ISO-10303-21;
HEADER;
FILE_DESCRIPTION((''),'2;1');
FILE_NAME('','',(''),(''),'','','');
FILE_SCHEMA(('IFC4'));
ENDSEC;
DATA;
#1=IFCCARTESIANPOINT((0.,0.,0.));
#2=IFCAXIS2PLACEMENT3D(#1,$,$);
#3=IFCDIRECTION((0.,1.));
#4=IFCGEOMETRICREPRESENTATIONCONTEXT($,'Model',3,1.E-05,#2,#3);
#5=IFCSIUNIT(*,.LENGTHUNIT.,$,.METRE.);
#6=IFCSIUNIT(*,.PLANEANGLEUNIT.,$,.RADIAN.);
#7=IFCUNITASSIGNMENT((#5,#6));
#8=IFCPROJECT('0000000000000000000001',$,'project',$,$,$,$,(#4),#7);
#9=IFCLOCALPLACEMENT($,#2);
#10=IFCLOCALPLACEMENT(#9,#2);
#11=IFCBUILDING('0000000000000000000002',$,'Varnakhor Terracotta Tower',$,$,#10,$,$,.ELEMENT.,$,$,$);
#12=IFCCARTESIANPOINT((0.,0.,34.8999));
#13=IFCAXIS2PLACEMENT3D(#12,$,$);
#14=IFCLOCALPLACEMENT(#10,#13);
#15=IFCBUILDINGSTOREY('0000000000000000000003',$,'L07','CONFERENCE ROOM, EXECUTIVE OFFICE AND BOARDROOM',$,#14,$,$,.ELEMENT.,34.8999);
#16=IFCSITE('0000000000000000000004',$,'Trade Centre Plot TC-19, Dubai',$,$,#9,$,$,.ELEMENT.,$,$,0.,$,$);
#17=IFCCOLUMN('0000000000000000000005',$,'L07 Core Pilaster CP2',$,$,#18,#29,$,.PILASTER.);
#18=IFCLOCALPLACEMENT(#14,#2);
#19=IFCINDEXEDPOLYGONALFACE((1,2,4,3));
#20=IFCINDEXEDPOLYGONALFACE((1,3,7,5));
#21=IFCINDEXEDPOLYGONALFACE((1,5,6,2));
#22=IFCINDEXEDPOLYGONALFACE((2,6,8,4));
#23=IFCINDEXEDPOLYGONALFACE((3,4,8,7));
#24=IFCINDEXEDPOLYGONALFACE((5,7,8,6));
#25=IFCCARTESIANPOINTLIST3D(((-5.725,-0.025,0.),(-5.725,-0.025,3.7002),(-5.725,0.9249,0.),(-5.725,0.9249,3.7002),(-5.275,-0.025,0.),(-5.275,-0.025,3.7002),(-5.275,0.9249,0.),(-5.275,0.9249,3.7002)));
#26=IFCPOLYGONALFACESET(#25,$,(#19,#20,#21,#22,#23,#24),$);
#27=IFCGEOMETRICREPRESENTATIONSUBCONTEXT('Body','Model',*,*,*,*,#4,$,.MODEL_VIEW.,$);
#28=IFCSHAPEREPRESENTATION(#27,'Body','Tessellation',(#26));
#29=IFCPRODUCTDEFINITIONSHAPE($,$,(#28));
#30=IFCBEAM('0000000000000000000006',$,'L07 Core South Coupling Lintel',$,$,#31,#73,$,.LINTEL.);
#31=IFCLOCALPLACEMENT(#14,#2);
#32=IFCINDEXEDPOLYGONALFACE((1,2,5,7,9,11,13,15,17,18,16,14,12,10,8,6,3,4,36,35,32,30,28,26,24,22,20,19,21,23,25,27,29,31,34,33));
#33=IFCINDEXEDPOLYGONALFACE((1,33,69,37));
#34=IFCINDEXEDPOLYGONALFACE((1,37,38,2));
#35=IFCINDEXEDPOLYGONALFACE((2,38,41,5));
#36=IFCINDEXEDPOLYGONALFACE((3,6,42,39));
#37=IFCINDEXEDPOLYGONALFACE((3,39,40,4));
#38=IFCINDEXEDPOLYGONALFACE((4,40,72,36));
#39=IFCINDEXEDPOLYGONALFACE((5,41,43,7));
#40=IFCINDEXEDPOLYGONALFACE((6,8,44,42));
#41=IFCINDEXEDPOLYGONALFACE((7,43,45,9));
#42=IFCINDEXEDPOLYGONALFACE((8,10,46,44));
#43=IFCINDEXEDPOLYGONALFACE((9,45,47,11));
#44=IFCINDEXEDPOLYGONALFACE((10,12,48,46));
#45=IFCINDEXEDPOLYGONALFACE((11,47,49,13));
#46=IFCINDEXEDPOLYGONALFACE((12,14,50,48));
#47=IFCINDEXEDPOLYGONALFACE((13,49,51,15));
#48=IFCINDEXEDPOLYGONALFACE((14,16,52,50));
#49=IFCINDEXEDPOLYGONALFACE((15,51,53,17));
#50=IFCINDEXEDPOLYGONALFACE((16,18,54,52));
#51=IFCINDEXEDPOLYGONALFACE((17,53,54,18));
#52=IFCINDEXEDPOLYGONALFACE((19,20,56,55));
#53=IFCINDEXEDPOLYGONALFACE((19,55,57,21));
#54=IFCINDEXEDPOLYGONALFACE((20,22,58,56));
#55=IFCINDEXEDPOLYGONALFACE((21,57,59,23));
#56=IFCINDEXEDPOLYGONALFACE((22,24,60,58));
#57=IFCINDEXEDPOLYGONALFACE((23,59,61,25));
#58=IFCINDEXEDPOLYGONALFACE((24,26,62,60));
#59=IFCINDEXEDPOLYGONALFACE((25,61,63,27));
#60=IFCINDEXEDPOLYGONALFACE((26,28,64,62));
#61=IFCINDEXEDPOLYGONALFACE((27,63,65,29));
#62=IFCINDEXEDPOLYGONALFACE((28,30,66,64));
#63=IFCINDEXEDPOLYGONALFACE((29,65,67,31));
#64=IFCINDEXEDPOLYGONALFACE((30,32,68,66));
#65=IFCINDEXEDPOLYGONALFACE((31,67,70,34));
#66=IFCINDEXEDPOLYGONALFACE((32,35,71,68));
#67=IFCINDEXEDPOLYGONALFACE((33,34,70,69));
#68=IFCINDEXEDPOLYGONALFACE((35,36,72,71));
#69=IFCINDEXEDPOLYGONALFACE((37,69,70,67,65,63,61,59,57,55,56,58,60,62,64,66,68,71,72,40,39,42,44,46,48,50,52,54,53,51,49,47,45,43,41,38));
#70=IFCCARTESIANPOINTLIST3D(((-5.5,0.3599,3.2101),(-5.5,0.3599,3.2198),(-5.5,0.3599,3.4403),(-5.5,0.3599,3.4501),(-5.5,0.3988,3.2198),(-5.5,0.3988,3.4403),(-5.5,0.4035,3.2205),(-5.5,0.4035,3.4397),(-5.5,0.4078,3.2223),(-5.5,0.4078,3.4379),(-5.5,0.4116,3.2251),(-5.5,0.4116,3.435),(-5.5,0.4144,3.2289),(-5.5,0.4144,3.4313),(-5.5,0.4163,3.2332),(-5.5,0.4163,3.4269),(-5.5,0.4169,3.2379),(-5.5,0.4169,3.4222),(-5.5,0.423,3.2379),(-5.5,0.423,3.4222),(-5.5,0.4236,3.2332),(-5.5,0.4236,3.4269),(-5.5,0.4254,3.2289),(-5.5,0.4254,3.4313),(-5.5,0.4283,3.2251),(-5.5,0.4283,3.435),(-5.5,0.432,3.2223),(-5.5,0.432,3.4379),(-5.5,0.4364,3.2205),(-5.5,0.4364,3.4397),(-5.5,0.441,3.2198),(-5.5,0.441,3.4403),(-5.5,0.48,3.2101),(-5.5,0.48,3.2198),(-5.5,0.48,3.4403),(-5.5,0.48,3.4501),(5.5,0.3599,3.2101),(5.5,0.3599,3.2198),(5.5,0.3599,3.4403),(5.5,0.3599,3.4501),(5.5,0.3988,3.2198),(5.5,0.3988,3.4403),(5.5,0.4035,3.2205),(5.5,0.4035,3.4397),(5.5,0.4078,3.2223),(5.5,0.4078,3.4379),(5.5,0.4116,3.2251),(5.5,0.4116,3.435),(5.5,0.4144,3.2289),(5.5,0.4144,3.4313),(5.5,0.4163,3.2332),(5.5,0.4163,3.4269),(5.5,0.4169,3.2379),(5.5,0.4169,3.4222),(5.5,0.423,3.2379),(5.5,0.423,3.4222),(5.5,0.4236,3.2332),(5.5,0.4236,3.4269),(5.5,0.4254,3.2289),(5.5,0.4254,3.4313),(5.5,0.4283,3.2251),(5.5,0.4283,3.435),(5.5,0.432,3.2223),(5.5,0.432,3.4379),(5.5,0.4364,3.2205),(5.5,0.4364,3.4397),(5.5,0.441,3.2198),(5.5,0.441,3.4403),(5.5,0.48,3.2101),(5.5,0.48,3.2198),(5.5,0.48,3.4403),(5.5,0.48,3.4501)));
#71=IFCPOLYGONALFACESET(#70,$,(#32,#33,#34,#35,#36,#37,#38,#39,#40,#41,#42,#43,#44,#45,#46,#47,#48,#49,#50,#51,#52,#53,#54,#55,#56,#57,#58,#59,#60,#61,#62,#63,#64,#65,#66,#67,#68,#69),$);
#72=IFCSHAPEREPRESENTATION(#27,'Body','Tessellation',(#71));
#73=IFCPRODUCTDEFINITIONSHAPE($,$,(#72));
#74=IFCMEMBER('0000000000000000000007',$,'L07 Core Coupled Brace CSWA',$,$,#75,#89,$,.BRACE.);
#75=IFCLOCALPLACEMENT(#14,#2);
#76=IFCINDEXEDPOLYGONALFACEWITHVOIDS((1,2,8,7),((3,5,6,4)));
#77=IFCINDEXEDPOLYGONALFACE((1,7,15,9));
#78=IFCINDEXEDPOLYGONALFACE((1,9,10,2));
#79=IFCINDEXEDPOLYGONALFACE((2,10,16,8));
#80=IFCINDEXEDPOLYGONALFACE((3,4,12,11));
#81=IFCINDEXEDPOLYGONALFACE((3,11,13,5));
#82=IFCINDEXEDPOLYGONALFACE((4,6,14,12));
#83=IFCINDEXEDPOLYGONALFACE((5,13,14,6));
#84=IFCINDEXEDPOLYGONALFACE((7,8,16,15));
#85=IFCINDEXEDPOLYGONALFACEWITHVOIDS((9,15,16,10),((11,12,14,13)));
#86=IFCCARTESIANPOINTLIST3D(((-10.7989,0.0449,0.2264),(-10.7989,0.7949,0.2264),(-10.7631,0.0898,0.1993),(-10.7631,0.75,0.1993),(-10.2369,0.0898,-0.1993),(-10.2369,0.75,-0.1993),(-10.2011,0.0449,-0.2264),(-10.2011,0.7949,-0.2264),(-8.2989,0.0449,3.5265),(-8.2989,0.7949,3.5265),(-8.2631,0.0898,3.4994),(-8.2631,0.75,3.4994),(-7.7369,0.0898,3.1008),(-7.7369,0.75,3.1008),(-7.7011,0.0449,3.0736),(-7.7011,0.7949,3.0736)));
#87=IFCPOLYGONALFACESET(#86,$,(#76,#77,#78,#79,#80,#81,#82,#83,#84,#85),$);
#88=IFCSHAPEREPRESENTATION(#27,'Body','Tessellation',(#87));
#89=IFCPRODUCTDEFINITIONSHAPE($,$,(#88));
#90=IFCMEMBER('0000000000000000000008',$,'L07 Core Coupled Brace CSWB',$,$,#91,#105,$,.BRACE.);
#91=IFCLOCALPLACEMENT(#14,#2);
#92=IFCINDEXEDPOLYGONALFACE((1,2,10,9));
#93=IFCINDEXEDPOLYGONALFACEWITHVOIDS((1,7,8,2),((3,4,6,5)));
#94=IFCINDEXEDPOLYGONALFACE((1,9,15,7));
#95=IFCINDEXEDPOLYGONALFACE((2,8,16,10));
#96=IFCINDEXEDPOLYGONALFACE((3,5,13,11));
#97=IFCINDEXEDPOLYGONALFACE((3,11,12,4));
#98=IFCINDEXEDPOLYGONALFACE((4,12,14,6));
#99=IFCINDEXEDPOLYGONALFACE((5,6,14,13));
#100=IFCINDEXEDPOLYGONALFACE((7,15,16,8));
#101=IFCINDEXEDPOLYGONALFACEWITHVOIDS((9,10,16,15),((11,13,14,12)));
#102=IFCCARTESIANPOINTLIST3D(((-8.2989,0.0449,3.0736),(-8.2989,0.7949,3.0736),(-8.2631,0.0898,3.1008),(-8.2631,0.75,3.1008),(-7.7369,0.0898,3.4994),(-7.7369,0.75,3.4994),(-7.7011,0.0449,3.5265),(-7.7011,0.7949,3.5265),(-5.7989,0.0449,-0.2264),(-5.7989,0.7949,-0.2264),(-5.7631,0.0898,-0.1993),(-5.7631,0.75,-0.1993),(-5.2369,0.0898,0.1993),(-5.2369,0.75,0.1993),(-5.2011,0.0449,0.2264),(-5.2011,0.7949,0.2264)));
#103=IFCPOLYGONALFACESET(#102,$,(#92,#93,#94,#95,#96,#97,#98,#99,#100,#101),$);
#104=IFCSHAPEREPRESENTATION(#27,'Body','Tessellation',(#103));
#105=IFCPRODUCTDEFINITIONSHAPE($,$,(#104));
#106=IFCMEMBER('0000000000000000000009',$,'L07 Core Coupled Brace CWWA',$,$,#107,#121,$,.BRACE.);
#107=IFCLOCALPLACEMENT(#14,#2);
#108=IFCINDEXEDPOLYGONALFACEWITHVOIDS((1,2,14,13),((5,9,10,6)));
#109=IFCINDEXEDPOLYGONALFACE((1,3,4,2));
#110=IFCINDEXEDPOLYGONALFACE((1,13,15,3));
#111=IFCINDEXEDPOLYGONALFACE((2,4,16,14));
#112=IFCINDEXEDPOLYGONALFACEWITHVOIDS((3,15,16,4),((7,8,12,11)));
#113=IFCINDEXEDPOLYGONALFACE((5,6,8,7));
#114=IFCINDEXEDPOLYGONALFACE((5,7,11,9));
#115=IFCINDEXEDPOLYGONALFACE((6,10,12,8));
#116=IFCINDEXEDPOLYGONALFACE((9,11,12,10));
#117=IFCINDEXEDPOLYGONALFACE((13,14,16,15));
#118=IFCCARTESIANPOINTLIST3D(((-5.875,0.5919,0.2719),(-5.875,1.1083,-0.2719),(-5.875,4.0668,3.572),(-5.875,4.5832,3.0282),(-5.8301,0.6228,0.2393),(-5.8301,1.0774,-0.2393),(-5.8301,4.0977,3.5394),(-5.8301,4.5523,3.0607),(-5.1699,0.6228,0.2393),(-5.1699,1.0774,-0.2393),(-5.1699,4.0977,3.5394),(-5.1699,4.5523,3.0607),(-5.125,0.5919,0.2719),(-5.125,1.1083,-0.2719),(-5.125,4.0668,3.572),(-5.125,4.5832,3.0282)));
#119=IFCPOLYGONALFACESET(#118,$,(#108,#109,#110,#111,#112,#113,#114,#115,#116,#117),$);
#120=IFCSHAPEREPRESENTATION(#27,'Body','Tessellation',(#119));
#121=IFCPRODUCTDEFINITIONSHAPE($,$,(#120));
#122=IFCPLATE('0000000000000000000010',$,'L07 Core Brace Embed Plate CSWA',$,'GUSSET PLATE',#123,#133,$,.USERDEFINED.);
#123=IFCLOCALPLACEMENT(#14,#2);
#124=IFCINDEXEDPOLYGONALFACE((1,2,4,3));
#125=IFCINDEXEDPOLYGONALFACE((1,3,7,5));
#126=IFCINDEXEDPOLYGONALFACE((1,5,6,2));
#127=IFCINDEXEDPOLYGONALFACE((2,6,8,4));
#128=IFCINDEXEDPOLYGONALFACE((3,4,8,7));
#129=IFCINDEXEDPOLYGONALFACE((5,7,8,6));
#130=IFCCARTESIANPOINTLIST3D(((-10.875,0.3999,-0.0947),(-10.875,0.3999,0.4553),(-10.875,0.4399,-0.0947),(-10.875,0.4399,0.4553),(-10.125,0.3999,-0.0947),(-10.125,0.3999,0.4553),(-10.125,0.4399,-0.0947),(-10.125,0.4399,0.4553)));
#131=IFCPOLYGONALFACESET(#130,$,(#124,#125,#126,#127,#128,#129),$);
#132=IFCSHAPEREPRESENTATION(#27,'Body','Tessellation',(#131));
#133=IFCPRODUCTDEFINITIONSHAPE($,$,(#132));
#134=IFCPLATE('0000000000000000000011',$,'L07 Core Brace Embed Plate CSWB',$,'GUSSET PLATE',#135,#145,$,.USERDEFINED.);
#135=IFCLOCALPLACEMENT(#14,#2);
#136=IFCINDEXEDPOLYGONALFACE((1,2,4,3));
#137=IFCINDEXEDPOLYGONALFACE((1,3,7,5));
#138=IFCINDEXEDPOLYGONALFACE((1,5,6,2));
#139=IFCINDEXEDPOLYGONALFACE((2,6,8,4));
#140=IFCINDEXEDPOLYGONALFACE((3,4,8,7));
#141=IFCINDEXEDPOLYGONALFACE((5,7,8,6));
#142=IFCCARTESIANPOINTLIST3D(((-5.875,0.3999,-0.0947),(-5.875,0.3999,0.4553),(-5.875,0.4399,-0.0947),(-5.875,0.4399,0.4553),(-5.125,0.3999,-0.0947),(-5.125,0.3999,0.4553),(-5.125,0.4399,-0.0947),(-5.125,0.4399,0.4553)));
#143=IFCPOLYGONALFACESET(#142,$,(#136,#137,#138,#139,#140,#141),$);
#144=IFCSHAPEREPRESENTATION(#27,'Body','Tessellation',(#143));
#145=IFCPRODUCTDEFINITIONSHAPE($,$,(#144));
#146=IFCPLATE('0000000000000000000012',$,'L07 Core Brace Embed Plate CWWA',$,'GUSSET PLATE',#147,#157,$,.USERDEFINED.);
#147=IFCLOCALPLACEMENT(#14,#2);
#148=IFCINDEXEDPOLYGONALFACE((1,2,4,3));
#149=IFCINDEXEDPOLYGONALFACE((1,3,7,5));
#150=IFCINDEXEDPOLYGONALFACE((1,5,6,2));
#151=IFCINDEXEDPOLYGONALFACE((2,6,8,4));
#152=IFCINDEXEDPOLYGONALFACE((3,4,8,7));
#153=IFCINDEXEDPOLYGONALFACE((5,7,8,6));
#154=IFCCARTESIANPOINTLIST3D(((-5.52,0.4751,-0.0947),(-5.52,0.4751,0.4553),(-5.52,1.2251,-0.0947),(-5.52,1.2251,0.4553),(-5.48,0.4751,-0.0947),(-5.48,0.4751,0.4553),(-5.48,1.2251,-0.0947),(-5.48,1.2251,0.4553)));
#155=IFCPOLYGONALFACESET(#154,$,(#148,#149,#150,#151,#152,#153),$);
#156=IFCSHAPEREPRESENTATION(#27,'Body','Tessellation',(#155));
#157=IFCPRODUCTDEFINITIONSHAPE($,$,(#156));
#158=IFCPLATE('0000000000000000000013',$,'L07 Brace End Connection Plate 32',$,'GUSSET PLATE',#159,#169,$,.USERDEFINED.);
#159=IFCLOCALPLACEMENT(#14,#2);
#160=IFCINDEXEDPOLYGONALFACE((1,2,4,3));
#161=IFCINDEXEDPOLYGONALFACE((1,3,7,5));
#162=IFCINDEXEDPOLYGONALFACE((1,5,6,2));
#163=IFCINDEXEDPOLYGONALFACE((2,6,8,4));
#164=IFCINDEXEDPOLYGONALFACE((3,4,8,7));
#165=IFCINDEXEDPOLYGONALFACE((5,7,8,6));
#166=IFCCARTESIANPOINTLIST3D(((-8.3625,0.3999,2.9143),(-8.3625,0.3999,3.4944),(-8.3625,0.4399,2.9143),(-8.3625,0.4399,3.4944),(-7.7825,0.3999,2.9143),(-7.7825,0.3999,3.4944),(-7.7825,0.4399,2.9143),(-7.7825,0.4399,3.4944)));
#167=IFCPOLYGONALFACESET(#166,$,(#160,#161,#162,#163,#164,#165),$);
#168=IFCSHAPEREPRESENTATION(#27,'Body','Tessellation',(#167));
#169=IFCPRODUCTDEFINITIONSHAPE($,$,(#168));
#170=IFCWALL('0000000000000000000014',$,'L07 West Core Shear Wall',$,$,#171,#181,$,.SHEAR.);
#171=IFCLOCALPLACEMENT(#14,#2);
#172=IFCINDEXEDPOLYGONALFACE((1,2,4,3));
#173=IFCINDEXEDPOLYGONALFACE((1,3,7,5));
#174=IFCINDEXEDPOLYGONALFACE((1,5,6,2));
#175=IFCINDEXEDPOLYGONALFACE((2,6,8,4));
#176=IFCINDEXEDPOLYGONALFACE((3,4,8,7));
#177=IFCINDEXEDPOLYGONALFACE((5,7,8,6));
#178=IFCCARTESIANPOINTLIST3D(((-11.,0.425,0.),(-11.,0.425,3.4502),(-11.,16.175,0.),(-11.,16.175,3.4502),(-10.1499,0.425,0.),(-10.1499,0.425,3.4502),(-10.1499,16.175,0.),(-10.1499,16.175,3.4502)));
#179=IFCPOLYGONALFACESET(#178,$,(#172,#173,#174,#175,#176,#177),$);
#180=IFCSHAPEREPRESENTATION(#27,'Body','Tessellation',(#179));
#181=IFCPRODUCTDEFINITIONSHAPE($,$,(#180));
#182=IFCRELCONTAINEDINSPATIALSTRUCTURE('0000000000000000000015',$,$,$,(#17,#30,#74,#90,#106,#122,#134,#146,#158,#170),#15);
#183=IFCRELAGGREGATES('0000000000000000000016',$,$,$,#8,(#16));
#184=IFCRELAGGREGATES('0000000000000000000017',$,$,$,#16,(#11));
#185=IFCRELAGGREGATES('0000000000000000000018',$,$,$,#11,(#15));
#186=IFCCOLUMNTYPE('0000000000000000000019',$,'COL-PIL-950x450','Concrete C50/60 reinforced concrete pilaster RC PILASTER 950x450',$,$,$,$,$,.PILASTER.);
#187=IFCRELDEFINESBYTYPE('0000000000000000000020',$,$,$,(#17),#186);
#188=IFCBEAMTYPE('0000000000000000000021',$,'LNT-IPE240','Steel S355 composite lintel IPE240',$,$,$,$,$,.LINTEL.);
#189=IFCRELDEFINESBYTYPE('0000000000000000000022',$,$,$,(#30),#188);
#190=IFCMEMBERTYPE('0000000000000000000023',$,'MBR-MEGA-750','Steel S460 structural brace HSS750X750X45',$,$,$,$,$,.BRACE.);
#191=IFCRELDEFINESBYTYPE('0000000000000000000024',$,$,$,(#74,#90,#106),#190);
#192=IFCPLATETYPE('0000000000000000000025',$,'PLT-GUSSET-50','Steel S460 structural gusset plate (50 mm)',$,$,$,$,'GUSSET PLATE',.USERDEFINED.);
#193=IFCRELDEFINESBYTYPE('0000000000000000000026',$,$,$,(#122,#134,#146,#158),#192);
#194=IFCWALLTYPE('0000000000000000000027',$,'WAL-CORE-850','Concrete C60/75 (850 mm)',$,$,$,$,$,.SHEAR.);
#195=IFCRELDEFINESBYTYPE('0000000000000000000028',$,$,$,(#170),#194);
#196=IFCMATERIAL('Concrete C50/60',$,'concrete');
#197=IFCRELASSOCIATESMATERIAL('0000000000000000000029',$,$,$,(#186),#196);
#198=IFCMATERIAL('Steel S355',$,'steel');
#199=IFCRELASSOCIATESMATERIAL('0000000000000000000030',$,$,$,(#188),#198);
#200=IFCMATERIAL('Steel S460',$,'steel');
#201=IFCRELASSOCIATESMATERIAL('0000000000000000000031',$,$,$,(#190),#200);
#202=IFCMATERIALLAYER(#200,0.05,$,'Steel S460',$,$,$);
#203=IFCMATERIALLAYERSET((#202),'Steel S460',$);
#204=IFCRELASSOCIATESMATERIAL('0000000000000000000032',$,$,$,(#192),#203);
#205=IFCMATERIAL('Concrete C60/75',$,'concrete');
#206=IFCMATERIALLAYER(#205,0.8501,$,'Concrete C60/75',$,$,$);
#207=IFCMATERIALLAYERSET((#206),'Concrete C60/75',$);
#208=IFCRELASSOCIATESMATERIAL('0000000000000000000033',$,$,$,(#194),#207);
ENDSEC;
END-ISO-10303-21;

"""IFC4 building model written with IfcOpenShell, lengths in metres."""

from ifc_helpers import new_model, si_unit, direction, frame, frame_2d, origin, origin_2d, place, context, subcontext, project, spatial, rectangle, hollow_rectangle, i_section, extrude, source, transform, mapped, material, layer, layer_set, material_profile, profile_set, type_object, type_shapes, element, save


model = new_model("IFC4")

# Units and contexts
model_context = context("Model", 3, precision=1e-05, world=origin(), true_north=direction((0.0, 1.0)))
body_context = subcontext(model_context, "Body", "Model", "MODEL_VIEW")
ifc_project = project(units=[si_unit("LENGTHUNIT", "METRE"), si_unit("PLANEANGLEUNIT", "RADIAN")], contexts=[model_context])

# Site, building, storey
site_placement = place(None, origin())
site = spatial("IfcSite", under=ifc_project, at=site_placement, Name="Trade Centre Plot TC-19, Dubai", CompositionType="ELEMENT", RefElevation=0.0)
building_placement = place(site_placement, origin())
building = spatial("IfcBuilding", under=site, at=building_placement, Name="Varnakhor Terracotta Tower", CompositionType="ELEMENT")
storey_placement = place(building_placement, frame((0.0, 0.0, 34.8999)))
storey = spatial("IfcBuildingStorey", under=building, at=storey_placement, Name="L07", Description="CONFERENCE ROOM, EXECUTIVE OFFICE AND BOARDROOM", CompositionType="ELEMENT", Elevation=34.8999)

# Column
ifc_material_1 = material(Name="Concrete C50/60", Category="concrete")
ifc_material_profile_1 = material_profile(ifc_material_1, rectangle(XDim=0.45, YDim=0.95, at=origin_2d()), Name="RC PILASTER 950x450")
ifc_profile_set_1 = profile_set([ifc_material_profile_1], Name="Concrete C50/60")
column_type = type_object("IfcColumnType", Name="COL-PIL-950x450", Description="Concrete C50/60 reinforced concrete pilaster RC PILASTER 950x450", PredefinedType="PILASTER", material=ifc_profile_set_1)
shared_shape_1 = source(origin(), body_context, "Body", "SweptSolid", [
    extrude(rectangle(XDim=0.45, YDim=0.95, at=origin_2d()), origin(), (0.0, 0.0, 1.0), 3.7002),
])
column_placement = place(storey_placement, frame((-5.5, 0.45, 0.0), z_axis=(0.0, 0.0, 1.0), x_axis=(1.0, 0.0, 0.0)))
element("IfcColumn", 1, at=column_placement, inside=storey, type_object=column_type, Name="L07 Core Pilaster CP2", PredefinedType="PILASTER", context=body_context, shape_type="MappedRepresentation", body=[
    mapped(shared_shape_1, transform((0.0, 0.0, 0.0), scale=1.0)),
])

# Beam
ifc_material_2 = material(Name="Steel S355", Category="steel")
ifc_material_profile_2 = material_profile(ifc_material_2, i_section(OverallWidth=0.1201, OverallDepth=0.24, WebThickness=0.0061, FlangeThickness=0.0098, FilletRadius=0.0181, at=origin_2d()), Name="IPE240")
ifc_profile_set_2 = profile_set([ifc_material_profile_2], Name="Steel S355")
beam_type = type_object("IfcBeamType", Name="LNT-IPE240", Description="Steel S355 composite lintel IPE240", PredefinedType="LINTEL", material=ifc_profile_set_2)
shared_shape_2 = source(origin(), body_context, "Body", "SweptSolid", [
    extrude(i_section(OverallWidth=0.1201, OverallDepth=0.24, WebThickness=0.0061, FlangeThickness=0.0098, FilletRadius=0.0181, at=origin_2d()), origin(), (0.0, 0.0, 1.0), 11.0),
])
type_shapes(beam_type, [shared_shape_2])
beam_placement = place(storey_placement, frame((-5.5, 0.4199, 3.3301), z_axis=(1.0, 0.0, 0.0), x_axis=(0.0, 1.0, 0.0)))
element("IfcBeam", 2, at=beam_placement, inside=storey, type_object=beam_type, Name="L07 Core South Coupling Lintel", PredefinedType="LINTEL", context=body_context, shape_type="MappedRepresentation", body=[
    mapped(shared_shape_2, transform((0.0, 0.0, 0.0), scale=1.0)),
])

# Members
ifc_material_3 = material(Name="Steel S460", Category="steel")
ifc_material_profile_3 = material_profile(ifc_material_3, hollow_rectangle(XDim=0.75, YDim=0.75, WallThickness=0.0449, at=origin_2d()), Name="HSS750X750X45")
ifc_profile_set_3 = profile_set([ifc_material_profile_3], Name="Steel S460")
member_type = type_object("IfcMemberType", Name="MBR-MEGA-750", Description="Steel S460 structural brace HSS750X750X45", PredefinedType="BRACE", material=ifc_profile_set_3)
shared_shape_3 = source(origin(), body_context, "Body", "SweptSolid", [
    extrude(hollow_rectangle(XDim=0.75, YDim=0.75, WallThickness=0.0449, at=origin_2d()), origin(), (0.0, 0.0, 1.0), 4.1401),
])
type_shapes(member_type, [shared_shape_3])
for number, where, z_axis, x_axis, name in (
    (3, (-10.5, 0.4199, 0.0), (0.603852, 0.0, 0.797096), (0.0, 1.0, 0.0), "L07 Core Coupled Brace CSWA"),
    (4, (-5.5, 0.4199, 0.0), (-0.603852, 0.0, 0.797096), (0.0, -1.0, 0.0), "L07 Core Coupled Brace CSWB"),
):
    element("IfcMember", number, at=place(storey_placement, frame(where, z_axis=z_axis, x_axis=x_axis)), inside=storey, type_object=member_type, Name=name, PredefinedType="BRACE", context=body_context, shape_type="MappedRepresentation", body=[
        mapped(shared_shape_3, transform((0.0, 0.0, 0.0), scale=1.0)),
    ])
shared_shape_4 = source(origin(), body_context, "Body", "SweptSolid", [
    extrude(hollow_rectangle(XDim=0.75, YDim=0.75, WallThickness=0.0449, at=origin_2d()), origin(), (0.0, 0.0, 1.0), 4.7922),
])
member_placement = place(storey_placement, frame((-5.5, 0.8501, 0.0), z_axis=(0.0, 0.72511, 0.688633), x_axis=(-1.0, 0.0, 0.0)))
element("IfcMember", 5, at=member_placement, inside=storey, type_object=member_type, Name="L07 Core Coupled Brace CWWA", PredefinedType="BRACE", context=body_context, shape_type="MappedRepresentation", body=[
    mapped(shared_shape_4, transform((0.0, 0.0, 0.0), scale=1.0)),
])

# Plates
ifc_layer_1 = layer(ifc_material_3, 0.05, Name="Steel S460")
ifc_layer_set_1 = layer_set([ifc_layer_1], Name="Steel S460")
plate_type = type_object("IfcPlateType", Name="PLT-GUSSET-50", Description="Steel S460 structural gusset plate (50 mm)", ElementType="GUSSET PLATE", PredefinedType="USERDEFINED", material=ifc_layer_set_1)
shared_shape_5 = source(origin(), body_context, "Body", "SweptSolid", [
    extrude(rectangle(XDim=0.75, YDim=0.04, at=origin_2d()), origin(), (0.0, 0.0, 1.0), 0.55),
])
type_shapes(plate_type, [shared_shape_5])
for number, where, z_axis, x_axis, name in (
    (6, (-10.5, 0.4199, -0.0947), (0.0, 0.0, 1.0), (1.0, 0.0, 0.0), "L07 Core Brace Embed Plate CSWA"),
    (7, (-5.5, 0.4199, -0.0947), (0.0, 0.0, 1.0), (1.0, 0.0, 0.0), "L07 Core Brace Embed Plate CSWB"),
    (8, (-5.5, 0.8501, -0.0947), (0.0, 0.0, 1.0), (0.0, 1.0, 0.0), "L07 Core Brace Embed Plate CWWA"),
):
    element("IfcPlate", number, at=place(storey_placement, frame(where, z_axis=z_axis, x_axis=x_axis)), inside=storey, type_object=plate_type, Name=name, ObjectType="GUSSET PLATE", PredefinedType="USERDEFINED", context=body_context, shape_type="MappedRepresentation", body=[
        mapped(shared_shape_5, transform((0.0, 0.0, 0.0), scale=1.0)),
    ])
shared_shape_6 = source(origin(), body_context, "Body", "SweptSolid", [
    extrude(rectangle(XDim=0.5801, YDim=0.04, at=origin_2d()), origin(), (0.0, 0.0, 1.0), 0.5801),
])
plate_placement = place(storey_placement, frame((-8.0725, 0.4199, 2.9143), z_axis=(0.0, 0.0, 1.0), x_axis=(1.0, 0.0, 0.0)))
element("IfcPlate", 9, at=plate_placement, inside=storey, type_object=plate_type, Name="L07 Brace End Connection Plate 32", ObjectType="GUSSET PLATE", PredefinedType="USERDEFINED", context=body_context, shape_type="MappedRepresentation", body=[
    mapped(shared_shape_6, transform((0.0, 0.0, 0.0), scale=1.0)),
])

# Wall
ifc_material_4 = material(Name="Concrete C60/75", Category="concrete")
ifc_layer_2 = layer(ifc_material_4, 0.8501, Name="Concrete C60/75")
ifc_layer_set_2 = layer_set([ifc_layer_2], Name="Concrete C60/75")
wall_type_1 = type_object("IfcWallType", Name="WAL-CORE-850", Description="Concrete C60/75 (850 mm)", PredefinedType="SHEAR", material=ifc_layer_set_2)
wall_1_placement = place(storey_placement, frame((-10.575, 0.425, 0.0), z_axis=(0.0, 0.0, 1.0), x_axis=(0.0, 1.0, 0.0)))
element("IfcWall", 10, at=wall_1_placement, inside=storey, type_object=wall_type_1, Name="L07 West Core Shear Wall", PredefinedType="SHEAR", context=body_context, shape_type="SweptSolid", body=[
    extrude(rectangle(XDim=15.75, YDim=0.8501, at=frame_2d((7.875, 0.0))), origin(), (0.0, 0.0, 1.0), 3.4502),
])

save(model, "model.ifc")
